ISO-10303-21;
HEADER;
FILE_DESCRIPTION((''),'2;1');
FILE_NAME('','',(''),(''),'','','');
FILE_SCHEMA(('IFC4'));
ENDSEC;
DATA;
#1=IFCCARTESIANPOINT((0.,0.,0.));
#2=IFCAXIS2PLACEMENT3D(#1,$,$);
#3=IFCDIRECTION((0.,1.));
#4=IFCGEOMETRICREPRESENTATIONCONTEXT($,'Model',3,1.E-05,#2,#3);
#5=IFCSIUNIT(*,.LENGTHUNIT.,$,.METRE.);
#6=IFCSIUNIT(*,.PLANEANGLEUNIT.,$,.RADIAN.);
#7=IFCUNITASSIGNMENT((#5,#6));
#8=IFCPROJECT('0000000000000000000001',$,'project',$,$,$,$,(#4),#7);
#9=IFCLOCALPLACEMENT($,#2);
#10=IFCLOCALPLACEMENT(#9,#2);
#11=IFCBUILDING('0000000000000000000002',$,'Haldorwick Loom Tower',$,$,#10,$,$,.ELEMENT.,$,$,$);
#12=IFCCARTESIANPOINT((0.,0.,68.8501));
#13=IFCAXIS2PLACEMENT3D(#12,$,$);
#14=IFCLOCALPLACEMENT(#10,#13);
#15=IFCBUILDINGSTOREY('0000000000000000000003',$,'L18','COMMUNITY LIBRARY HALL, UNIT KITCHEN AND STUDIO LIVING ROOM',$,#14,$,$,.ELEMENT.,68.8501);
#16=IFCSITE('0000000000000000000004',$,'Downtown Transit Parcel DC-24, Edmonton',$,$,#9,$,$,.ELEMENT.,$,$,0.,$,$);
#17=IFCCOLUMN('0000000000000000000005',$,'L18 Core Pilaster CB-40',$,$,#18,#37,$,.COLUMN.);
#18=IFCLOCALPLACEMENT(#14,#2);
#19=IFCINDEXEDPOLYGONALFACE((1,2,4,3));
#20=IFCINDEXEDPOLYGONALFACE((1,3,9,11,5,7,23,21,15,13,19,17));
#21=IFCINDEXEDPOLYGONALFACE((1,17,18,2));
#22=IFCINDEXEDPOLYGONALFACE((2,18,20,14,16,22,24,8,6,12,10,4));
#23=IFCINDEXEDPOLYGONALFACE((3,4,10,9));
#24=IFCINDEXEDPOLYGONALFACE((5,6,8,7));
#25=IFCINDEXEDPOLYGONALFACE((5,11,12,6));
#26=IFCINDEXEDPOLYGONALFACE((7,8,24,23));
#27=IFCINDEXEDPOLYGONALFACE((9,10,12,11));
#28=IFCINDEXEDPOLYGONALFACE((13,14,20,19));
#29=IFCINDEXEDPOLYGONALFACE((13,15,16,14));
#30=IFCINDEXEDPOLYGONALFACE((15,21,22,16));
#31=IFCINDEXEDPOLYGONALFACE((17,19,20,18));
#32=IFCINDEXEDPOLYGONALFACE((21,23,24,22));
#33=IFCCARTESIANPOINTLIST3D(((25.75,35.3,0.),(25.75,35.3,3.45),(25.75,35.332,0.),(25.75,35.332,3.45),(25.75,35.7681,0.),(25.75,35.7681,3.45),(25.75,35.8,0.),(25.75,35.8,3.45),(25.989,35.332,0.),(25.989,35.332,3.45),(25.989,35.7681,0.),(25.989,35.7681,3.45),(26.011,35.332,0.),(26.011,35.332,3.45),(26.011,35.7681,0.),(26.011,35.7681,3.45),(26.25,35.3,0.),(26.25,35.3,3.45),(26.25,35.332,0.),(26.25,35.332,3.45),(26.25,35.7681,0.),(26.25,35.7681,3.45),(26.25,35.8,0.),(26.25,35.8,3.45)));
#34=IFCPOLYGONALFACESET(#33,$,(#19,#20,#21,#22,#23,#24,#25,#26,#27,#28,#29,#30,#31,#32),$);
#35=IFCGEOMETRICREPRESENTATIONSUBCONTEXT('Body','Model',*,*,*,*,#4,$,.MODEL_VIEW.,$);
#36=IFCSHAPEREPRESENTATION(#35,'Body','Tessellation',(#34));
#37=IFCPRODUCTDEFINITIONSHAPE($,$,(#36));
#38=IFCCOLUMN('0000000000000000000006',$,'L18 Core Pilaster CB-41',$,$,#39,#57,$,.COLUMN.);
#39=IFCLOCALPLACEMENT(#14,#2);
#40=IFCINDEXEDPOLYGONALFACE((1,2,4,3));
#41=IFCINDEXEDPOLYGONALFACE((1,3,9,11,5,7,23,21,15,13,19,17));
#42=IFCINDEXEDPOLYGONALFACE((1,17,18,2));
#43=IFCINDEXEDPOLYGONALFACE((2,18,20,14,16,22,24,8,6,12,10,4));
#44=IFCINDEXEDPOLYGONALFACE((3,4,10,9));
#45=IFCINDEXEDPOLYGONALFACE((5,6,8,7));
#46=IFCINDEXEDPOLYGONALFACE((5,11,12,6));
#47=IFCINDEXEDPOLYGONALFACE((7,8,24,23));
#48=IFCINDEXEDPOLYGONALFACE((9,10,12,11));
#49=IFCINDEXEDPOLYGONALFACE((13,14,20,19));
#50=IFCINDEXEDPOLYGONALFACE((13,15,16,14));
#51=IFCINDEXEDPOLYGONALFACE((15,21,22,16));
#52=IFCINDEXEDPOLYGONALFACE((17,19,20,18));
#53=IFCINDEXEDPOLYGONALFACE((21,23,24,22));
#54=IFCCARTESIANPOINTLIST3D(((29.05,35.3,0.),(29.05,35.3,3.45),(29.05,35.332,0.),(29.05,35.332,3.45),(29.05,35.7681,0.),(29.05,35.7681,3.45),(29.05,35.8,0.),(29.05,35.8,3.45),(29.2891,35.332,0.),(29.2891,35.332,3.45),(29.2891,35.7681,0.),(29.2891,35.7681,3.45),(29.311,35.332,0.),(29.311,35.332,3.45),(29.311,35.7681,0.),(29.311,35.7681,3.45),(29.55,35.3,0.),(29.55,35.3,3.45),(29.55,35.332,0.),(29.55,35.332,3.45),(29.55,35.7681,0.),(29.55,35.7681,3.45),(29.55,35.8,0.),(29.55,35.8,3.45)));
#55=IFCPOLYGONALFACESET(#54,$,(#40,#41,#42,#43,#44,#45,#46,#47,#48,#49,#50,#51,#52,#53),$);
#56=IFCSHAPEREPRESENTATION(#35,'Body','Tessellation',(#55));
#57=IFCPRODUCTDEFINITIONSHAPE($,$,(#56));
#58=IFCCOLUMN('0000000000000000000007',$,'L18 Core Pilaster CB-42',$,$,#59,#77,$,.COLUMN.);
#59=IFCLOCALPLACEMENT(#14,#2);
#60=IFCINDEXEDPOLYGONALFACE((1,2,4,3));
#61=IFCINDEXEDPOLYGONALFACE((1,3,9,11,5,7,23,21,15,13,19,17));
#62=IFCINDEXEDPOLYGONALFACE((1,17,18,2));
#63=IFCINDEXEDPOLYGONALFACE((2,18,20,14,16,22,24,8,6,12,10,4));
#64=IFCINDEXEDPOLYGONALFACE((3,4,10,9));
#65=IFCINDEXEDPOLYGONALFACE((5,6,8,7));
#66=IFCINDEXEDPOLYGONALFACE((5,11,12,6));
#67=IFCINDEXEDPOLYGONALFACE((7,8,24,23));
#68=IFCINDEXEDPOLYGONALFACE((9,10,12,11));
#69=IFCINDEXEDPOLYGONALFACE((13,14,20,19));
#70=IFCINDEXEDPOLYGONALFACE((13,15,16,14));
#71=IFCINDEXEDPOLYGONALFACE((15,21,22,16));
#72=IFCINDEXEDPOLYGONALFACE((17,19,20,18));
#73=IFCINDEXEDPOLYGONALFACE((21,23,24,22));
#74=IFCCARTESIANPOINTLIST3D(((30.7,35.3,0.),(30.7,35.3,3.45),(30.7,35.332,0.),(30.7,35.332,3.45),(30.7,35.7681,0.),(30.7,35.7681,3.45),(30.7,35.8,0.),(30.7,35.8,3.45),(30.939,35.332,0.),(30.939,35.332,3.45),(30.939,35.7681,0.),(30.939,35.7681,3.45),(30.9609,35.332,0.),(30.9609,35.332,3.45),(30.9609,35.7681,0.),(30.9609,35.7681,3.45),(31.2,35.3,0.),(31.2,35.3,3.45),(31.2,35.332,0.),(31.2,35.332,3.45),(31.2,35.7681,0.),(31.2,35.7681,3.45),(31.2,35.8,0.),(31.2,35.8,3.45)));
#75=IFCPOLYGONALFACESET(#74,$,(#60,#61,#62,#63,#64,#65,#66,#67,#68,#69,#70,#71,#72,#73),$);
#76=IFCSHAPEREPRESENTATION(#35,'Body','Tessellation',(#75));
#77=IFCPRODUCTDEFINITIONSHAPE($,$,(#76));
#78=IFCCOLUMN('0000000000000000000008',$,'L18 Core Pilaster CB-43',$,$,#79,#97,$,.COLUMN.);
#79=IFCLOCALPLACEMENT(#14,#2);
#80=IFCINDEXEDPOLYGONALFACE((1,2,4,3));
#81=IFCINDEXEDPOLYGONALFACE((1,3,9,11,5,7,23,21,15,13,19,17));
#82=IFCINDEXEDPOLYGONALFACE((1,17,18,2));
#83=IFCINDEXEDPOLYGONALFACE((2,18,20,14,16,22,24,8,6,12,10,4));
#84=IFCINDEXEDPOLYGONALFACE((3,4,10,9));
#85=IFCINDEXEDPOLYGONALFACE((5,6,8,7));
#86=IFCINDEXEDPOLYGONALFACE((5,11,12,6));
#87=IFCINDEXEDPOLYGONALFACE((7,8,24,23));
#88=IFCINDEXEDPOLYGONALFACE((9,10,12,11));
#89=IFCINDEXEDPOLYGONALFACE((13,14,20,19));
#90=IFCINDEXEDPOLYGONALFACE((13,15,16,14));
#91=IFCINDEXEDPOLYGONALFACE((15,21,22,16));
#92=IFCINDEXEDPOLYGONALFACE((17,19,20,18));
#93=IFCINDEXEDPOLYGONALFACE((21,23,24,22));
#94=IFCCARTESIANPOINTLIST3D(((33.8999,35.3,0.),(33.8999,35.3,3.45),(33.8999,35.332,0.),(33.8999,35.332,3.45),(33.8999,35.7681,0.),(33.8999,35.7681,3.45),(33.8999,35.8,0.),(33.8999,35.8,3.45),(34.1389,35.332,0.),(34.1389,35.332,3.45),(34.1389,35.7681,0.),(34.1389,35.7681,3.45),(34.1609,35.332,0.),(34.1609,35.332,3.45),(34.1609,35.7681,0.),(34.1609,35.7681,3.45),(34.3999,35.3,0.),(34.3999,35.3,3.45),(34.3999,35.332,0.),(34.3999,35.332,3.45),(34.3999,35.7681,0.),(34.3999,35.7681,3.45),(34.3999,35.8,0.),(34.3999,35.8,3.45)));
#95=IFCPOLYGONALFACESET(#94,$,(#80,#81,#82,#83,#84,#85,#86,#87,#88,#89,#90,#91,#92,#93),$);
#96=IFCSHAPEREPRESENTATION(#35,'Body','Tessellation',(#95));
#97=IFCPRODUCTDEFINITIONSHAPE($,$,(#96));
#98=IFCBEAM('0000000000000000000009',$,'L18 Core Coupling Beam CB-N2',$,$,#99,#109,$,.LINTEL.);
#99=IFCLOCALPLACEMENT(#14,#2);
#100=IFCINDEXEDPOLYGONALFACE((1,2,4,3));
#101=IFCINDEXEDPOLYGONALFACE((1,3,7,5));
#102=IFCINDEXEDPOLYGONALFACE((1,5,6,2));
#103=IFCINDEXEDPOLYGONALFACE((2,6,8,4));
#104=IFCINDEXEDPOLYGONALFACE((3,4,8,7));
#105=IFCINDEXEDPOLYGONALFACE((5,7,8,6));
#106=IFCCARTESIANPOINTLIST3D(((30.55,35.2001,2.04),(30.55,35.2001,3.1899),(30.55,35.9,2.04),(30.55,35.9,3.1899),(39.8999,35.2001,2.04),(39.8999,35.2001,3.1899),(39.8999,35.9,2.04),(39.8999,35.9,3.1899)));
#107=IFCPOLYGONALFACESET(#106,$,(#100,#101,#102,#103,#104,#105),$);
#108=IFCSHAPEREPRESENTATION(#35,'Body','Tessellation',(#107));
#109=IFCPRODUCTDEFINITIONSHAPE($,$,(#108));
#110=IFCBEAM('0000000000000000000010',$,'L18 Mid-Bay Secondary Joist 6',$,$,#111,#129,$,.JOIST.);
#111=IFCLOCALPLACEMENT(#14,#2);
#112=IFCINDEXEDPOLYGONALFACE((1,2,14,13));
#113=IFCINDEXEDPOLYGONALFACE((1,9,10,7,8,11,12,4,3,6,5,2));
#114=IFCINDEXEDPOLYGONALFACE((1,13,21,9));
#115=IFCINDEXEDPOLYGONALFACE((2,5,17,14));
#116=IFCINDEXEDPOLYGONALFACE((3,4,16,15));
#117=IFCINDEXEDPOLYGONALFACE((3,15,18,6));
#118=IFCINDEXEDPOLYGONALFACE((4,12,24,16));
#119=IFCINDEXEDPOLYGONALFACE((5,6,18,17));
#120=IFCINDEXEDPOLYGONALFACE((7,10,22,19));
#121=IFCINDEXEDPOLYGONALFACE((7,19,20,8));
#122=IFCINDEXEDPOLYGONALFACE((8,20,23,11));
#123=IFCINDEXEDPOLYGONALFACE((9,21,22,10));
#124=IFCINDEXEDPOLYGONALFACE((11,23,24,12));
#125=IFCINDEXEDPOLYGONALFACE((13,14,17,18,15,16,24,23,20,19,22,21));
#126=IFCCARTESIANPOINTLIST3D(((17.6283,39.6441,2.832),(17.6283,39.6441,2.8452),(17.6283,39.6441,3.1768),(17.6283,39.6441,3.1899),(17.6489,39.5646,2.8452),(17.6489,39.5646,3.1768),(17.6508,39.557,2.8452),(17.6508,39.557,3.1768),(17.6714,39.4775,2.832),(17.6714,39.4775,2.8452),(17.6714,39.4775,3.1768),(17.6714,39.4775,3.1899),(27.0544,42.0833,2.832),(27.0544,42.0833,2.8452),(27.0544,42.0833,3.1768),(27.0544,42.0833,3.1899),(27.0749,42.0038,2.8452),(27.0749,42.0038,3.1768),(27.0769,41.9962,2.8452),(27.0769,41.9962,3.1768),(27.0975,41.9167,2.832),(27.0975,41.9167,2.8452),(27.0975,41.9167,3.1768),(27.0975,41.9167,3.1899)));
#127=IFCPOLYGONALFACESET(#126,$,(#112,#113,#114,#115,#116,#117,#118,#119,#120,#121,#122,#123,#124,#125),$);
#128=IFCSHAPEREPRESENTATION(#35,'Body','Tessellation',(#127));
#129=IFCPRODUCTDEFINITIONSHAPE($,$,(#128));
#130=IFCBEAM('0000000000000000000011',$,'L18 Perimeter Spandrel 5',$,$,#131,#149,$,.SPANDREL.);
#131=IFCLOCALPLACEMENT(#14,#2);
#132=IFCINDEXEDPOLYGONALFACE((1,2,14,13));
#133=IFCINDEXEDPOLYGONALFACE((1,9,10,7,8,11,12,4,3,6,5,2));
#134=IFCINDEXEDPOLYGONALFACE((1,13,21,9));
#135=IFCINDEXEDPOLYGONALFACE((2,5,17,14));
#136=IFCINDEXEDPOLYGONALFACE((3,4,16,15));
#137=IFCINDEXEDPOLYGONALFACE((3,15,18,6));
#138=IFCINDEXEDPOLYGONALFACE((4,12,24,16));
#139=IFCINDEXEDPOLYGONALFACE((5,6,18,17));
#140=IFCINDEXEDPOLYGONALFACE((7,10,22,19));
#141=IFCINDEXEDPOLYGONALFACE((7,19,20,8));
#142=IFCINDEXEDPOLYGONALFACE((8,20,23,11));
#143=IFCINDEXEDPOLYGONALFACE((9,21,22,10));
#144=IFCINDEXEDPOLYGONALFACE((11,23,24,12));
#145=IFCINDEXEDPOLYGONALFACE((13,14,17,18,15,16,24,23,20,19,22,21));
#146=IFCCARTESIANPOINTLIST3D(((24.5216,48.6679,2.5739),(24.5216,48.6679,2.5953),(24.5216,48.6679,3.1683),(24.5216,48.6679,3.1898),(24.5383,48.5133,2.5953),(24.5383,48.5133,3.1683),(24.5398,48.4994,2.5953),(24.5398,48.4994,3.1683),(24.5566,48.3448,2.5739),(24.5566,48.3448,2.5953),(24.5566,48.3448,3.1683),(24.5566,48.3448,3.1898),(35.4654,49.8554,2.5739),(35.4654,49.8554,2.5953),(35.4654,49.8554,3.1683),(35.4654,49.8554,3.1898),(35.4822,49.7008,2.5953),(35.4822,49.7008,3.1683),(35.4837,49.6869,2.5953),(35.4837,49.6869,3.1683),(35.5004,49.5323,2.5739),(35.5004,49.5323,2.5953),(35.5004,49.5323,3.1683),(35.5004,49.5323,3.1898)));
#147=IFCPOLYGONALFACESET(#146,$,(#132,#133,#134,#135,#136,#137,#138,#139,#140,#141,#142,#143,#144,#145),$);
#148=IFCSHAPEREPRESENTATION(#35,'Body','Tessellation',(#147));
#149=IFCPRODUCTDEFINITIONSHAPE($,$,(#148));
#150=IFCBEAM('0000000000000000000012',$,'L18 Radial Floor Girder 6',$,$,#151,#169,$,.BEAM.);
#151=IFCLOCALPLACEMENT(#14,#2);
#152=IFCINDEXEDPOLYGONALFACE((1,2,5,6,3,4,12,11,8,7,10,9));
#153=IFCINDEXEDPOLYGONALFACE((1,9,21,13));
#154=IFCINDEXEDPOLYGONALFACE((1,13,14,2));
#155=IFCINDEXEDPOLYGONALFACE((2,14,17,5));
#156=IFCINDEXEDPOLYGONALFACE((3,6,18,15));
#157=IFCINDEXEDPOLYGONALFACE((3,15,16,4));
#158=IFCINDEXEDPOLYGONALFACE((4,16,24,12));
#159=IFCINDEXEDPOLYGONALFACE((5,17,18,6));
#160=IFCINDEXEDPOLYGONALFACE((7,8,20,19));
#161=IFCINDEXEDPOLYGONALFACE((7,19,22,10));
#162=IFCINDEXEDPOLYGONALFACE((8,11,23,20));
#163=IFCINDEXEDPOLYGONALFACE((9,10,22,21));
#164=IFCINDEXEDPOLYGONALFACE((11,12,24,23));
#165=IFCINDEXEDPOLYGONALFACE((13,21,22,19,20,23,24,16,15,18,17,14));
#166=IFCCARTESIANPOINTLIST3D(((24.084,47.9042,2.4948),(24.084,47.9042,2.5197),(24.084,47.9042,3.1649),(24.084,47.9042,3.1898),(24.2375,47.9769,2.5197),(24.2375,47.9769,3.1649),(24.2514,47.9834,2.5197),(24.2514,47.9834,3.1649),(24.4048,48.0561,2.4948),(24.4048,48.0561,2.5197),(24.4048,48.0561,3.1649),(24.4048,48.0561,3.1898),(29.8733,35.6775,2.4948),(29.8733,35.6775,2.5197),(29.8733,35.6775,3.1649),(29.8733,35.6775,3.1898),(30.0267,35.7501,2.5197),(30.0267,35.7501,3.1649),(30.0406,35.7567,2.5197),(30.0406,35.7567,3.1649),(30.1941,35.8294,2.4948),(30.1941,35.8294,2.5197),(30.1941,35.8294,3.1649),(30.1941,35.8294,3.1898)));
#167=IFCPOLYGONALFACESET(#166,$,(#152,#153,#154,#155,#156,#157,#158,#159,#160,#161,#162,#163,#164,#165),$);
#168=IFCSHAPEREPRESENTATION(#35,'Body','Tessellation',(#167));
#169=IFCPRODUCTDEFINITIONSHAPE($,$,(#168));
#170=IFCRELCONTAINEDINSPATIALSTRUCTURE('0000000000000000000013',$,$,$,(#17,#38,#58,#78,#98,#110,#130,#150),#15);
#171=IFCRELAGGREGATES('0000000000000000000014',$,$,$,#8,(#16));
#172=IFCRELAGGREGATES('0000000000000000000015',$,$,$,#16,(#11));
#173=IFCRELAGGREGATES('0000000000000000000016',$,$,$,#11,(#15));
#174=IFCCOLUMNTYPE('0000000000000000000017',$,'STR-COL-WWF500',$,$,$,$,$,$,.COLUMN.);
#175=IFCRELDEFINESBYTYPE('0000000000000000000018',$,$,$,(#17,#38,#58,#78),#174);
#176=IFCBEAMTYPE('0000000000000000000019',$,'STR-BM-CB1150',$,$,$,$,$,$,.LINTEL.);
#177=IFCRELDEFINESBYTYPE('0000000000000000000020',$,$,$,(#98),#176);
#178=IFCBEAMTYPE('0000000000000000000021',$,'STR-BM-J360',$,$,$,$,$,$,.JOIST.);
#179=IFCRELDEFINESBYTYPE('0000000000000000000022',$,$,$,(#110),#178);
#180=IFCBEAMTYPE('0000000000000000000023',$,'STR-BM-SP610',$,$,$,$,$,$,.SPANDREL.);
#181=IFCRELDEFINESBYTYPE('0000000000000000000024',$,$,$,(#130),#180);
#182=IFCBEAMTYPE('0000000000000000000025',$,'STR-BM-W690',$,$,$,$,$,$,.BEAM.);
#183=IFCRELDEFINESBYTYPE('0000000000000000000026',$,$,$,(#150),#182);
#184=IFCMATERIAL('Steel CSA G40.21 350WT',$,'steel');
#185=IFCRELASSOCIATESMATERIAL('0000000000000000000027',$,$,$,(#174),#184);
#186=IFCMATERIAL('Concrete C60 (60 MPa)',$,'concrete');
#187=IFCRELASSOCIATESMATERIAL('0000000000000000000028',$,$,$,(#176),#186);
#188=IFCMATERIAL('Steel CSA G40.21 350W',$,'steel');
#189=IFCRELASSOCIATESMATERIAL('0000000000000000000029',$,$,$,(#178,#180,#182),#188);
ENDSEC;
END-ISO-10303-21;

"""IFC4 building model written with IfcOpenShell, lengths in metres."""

from ifc_helpers import new_model, si_unit, direction, frame, origin, origin_2d, place, context, subcontext, project, spatial, rectangle, i_section, extrude, material, material_profile, profile_set, type_object, element, save


model = new_model("IFC4")

# Units and contexts
model_context = context("Model", 3, precision=1e-05, world=origin(), true_north=direction((0.0, 1.0)))
body_context = subcontext(model_context, "Body", "Model", "MODEL_VIEW")
ifc_project = project(units=[si_unit("LENGTHUNIT", "METRE"), si_unit("PLANEANGLEUNIT", "RADIAN")], contexts=[model_context])

# Site, building, storey
site_placement = place(None, origin())
site = spatial("IfcSite", under=ifc_project, at=site_placement, Name="Downtown Transit Parcel DC-24, Edmonton", CompositionType="ELEMENT", RefElevation=0.0)
building_placement = place(site_placement, origin())
building = spatial("IfcBuilding", under=site, at=building_placement, Name="Haldorwick Loom Tower", CompositionType="ELEMENT")
storey_placement = place(building_placement, frame((0.0, 0.0, 68.8501)))
storey = spatial("IfcBuildingStorey", under=building, at=storey_placement, Name="L18", Description="COMMUNITY LIBRARY HALL, UNIT KITCHEN AND STUDIO LIVING ROOM", CompositionType="ELEMENT", Elevation=68.8501)

# Columns
ifc_material_1 = material(Name="Concrete C60 (60 MPa)", Category="concrete")
ifc_material_2 = material(Name="Steel CSA G40.21 350WT", Category="steel")
ifc_material_profile_1 = material_profile(ifc_material_2, i_section(OverallWidth=0.5, OverallDepth=0.5, WebThickness=0.022, FlangeThickness=0.032, at=origin_2d()), Name="WWF500X500", Category="steel")
ifc_profile_set_1 = profile_set([ifc_material_profile_1], Name="Steel CSA G40.21 350WT")
column_type_1 = type_object("IfcColumnType", Name="STR-COL-WWF500", PredefinedType="COLUMN", material=ifc_profile_set_1)
for number, where, z_axis, x_axis, name in (
    (1, (26.0, 35.55, 0.0), (0.0, 0.0, 1.0), (1.0, 0.0, 0.0), "L18 Core Pilaster CB-40"),
    (2, (29.3, 35.55, 0.0), (0.0, 0.0, 1.0), (1.0, 0.0, 0.0), "L18 Core Pilaster CB-41"),
    (3, (30.95, 35.55, 0.0), (0.0, 0.0, 1.0), (1.0, 0.0, 0.0), "L18 Core Pilaster CB-42"),
    (4, (34.1499, 35.55, 0.0), (0.0, 0.0, 1.0), (1.0, 0.0, 0.0), "L18 Core Pilaster CB-43"),
):
    element("IfcColumn", number, at=place(storey_placement, frame(where, z_axis=z_axis, x_axis=x_axis)), inside=storey, type_object=column_type_1, Name=name, PredefinedType="COLUMN", context=body_context, shape_type="SweptSolid", body=[
        extrude(i_section(OverallWidth=0.5, OverallDepth=0.5, WebThickness=0.022, FlangeThickness=0.032, at=origin_2d()), origin(), (0.0, 0.0, 1.0), 3.45),
    ])

# Beams
ifc_material_profile_2 = material_profile(ifc_material_1, rectangle(XDim=0.7, YDim=1.1499, at=origin_2d()), Name="RC700X1150", Category="concrete")
ifc_profile_set_2 = profile_set([ifc_material_profile_2], Name="Concrete C60 (60 MPa)")
beam_type_1 = type_object("IfcBeamType", Name="STR-BM-CB1150", PredefinedType="LINTEL", material=ifc_profile_set_2)
beam_1_placement = place(storey_placement, frame((30.55, 35.55, 2.615), z_axis=(1.0, 0.0, 0.0), x_axis=(0.0, 1.0, 0.0)))
element("IfcBeam", 5, at=beam_1_placement, inside=storey, type_object=beam_type_1, Name="L18 Core Coupling Beam CB-N2", PredefinedType="LINTEL", context=body_context, shape_type="SweptSolid", body=[
    extrude(rectangle(XDim=0.7, YDim=1.1499, at=origin_2d()), origin(), (0.0, 0.0, 1.0), 9.3499),
])
ifc_material_3 = material(Name="Steel CSA G40.21 350W", Category="steel")
ifc_material_profile_3 = material_profile(ifc_material_3, i_section(OverallWidth=0.1721, OverallDepth=0.3579, WebThickness=0.0078, FlangeThickness=0.0132, at=origin_2d()), Name="W360X57", Category="steel")
ifc_profile_set_3 = profile_set([ifc_material_profile_3], Name="Steel CSA G40.21 350W")
beam_type_2 = type_object("IfcBeamType", Name="STR-BM-J360", PredefinedType="JOIST", material=ifc_profile_set_3)
beam_2_placement = place(storey_placement, frame((27.0759, 42.0, 3.011), z_axis=(-0.968111, -0.250522, 0.0), x_axis=(0.250522, -0.968111, 0.0)))
element("IfcBeam", 6, at=beam_2_placement, inside=storey, type_object=beam_type_2, Name="L18 Mid-Bay Secondary Joist 6", PredefinedType="JOIST", context=body_context, shape_type="SweptSolid", body=[
    extrude(i_section(OverallWidth=0.1721, OverallDepth=0.3579, WebThickness=0.0078, FlangeThickness=0.0132, at=origin_2d()), origin(), (0.0, 0.0, 1.0), 9.7366),
])
ifc_material_profile_4 = material_profile(ifc_material_3, i_section(OverallWidth=0.325, OverallDepth=0.616, WebThickness=0.0139, FlangeThickness=0.0215, at=origin_2d()), Name="W610X174", Category="steel")
ifc_profile_set_4 = profile_set([ifc_material_profile_4], Name="Steel CSA G40.21 350W")
beam_type_3 = type_object("IfcBeamType", Name="STR-BM-SP610", PredefinedType="SPANDREL", material=ifc_profile_set_4)
beam_3_placement = place(storey_placement, frame((35.4829, 49.6938, 2.8818), z_axis=(-0.994164, -0.107875, 0.0), x_axis=(0.107875, -0.994164, 0.0)))
element("IfcBeam", 7, at=beam_3_placement, inside=storey, type_object=beam_type_3, Name="L18 Perimeter Spandrel 5", PredefinedType="SPANDREL", context=body_context, shape_type="SweptSolid", body=[
    extrude(i_section(OverallWidth=0.325, OverallDepth=0.616, WebThickness=0.0139, FlangeThickness=0.0215, at=origin_2d()), origin(), (0.0, 0.0, 1.0), 11.0081),
])
ifc_material_profile_5 = material_profile(ifc_material_3, i_section(OverallWidth=0.355, OverallDepth=0.6951, WebThickness=0.0154, FlangeThickness=0.0249, at=origin_2d()), Name="W690X217", Category="steel")
ifc_profile_set_5 = profile_set([ifc_material_profile_5], Name="Steel CSA G40.21 350W")
beam_type_4 = type_object("IfcBeamType", Name="STR-BM-W690", PredefinedType="BEAM", material=ifc_profile_set_5)
beam_4_placement = place(storey_placement, frame((30.0337, 35.7534, 2.8423), z_axis=(-0.427945, 0.903805, 0.0), x_axis=(-0.903805, -0.427945, 0.0)))
element("IfcBeam", 8, at=beam_4_placement, inside=storey, type_object=beam_type_4, Name="L18 Radial Floor Girder 6", PredefinedType="BEAM", context=body_context, shape_type="SweptSolid", body=[
    extrude(i_section(OverallWidth=0.355, OverallDepth=0.6951, WebThickness=0.0154, FlangeThickness=0.0249, at=origin_2d()), origin(), (0.0, 0.0, 1.0), 13.5281),
])

save(model, "model.ifc")
